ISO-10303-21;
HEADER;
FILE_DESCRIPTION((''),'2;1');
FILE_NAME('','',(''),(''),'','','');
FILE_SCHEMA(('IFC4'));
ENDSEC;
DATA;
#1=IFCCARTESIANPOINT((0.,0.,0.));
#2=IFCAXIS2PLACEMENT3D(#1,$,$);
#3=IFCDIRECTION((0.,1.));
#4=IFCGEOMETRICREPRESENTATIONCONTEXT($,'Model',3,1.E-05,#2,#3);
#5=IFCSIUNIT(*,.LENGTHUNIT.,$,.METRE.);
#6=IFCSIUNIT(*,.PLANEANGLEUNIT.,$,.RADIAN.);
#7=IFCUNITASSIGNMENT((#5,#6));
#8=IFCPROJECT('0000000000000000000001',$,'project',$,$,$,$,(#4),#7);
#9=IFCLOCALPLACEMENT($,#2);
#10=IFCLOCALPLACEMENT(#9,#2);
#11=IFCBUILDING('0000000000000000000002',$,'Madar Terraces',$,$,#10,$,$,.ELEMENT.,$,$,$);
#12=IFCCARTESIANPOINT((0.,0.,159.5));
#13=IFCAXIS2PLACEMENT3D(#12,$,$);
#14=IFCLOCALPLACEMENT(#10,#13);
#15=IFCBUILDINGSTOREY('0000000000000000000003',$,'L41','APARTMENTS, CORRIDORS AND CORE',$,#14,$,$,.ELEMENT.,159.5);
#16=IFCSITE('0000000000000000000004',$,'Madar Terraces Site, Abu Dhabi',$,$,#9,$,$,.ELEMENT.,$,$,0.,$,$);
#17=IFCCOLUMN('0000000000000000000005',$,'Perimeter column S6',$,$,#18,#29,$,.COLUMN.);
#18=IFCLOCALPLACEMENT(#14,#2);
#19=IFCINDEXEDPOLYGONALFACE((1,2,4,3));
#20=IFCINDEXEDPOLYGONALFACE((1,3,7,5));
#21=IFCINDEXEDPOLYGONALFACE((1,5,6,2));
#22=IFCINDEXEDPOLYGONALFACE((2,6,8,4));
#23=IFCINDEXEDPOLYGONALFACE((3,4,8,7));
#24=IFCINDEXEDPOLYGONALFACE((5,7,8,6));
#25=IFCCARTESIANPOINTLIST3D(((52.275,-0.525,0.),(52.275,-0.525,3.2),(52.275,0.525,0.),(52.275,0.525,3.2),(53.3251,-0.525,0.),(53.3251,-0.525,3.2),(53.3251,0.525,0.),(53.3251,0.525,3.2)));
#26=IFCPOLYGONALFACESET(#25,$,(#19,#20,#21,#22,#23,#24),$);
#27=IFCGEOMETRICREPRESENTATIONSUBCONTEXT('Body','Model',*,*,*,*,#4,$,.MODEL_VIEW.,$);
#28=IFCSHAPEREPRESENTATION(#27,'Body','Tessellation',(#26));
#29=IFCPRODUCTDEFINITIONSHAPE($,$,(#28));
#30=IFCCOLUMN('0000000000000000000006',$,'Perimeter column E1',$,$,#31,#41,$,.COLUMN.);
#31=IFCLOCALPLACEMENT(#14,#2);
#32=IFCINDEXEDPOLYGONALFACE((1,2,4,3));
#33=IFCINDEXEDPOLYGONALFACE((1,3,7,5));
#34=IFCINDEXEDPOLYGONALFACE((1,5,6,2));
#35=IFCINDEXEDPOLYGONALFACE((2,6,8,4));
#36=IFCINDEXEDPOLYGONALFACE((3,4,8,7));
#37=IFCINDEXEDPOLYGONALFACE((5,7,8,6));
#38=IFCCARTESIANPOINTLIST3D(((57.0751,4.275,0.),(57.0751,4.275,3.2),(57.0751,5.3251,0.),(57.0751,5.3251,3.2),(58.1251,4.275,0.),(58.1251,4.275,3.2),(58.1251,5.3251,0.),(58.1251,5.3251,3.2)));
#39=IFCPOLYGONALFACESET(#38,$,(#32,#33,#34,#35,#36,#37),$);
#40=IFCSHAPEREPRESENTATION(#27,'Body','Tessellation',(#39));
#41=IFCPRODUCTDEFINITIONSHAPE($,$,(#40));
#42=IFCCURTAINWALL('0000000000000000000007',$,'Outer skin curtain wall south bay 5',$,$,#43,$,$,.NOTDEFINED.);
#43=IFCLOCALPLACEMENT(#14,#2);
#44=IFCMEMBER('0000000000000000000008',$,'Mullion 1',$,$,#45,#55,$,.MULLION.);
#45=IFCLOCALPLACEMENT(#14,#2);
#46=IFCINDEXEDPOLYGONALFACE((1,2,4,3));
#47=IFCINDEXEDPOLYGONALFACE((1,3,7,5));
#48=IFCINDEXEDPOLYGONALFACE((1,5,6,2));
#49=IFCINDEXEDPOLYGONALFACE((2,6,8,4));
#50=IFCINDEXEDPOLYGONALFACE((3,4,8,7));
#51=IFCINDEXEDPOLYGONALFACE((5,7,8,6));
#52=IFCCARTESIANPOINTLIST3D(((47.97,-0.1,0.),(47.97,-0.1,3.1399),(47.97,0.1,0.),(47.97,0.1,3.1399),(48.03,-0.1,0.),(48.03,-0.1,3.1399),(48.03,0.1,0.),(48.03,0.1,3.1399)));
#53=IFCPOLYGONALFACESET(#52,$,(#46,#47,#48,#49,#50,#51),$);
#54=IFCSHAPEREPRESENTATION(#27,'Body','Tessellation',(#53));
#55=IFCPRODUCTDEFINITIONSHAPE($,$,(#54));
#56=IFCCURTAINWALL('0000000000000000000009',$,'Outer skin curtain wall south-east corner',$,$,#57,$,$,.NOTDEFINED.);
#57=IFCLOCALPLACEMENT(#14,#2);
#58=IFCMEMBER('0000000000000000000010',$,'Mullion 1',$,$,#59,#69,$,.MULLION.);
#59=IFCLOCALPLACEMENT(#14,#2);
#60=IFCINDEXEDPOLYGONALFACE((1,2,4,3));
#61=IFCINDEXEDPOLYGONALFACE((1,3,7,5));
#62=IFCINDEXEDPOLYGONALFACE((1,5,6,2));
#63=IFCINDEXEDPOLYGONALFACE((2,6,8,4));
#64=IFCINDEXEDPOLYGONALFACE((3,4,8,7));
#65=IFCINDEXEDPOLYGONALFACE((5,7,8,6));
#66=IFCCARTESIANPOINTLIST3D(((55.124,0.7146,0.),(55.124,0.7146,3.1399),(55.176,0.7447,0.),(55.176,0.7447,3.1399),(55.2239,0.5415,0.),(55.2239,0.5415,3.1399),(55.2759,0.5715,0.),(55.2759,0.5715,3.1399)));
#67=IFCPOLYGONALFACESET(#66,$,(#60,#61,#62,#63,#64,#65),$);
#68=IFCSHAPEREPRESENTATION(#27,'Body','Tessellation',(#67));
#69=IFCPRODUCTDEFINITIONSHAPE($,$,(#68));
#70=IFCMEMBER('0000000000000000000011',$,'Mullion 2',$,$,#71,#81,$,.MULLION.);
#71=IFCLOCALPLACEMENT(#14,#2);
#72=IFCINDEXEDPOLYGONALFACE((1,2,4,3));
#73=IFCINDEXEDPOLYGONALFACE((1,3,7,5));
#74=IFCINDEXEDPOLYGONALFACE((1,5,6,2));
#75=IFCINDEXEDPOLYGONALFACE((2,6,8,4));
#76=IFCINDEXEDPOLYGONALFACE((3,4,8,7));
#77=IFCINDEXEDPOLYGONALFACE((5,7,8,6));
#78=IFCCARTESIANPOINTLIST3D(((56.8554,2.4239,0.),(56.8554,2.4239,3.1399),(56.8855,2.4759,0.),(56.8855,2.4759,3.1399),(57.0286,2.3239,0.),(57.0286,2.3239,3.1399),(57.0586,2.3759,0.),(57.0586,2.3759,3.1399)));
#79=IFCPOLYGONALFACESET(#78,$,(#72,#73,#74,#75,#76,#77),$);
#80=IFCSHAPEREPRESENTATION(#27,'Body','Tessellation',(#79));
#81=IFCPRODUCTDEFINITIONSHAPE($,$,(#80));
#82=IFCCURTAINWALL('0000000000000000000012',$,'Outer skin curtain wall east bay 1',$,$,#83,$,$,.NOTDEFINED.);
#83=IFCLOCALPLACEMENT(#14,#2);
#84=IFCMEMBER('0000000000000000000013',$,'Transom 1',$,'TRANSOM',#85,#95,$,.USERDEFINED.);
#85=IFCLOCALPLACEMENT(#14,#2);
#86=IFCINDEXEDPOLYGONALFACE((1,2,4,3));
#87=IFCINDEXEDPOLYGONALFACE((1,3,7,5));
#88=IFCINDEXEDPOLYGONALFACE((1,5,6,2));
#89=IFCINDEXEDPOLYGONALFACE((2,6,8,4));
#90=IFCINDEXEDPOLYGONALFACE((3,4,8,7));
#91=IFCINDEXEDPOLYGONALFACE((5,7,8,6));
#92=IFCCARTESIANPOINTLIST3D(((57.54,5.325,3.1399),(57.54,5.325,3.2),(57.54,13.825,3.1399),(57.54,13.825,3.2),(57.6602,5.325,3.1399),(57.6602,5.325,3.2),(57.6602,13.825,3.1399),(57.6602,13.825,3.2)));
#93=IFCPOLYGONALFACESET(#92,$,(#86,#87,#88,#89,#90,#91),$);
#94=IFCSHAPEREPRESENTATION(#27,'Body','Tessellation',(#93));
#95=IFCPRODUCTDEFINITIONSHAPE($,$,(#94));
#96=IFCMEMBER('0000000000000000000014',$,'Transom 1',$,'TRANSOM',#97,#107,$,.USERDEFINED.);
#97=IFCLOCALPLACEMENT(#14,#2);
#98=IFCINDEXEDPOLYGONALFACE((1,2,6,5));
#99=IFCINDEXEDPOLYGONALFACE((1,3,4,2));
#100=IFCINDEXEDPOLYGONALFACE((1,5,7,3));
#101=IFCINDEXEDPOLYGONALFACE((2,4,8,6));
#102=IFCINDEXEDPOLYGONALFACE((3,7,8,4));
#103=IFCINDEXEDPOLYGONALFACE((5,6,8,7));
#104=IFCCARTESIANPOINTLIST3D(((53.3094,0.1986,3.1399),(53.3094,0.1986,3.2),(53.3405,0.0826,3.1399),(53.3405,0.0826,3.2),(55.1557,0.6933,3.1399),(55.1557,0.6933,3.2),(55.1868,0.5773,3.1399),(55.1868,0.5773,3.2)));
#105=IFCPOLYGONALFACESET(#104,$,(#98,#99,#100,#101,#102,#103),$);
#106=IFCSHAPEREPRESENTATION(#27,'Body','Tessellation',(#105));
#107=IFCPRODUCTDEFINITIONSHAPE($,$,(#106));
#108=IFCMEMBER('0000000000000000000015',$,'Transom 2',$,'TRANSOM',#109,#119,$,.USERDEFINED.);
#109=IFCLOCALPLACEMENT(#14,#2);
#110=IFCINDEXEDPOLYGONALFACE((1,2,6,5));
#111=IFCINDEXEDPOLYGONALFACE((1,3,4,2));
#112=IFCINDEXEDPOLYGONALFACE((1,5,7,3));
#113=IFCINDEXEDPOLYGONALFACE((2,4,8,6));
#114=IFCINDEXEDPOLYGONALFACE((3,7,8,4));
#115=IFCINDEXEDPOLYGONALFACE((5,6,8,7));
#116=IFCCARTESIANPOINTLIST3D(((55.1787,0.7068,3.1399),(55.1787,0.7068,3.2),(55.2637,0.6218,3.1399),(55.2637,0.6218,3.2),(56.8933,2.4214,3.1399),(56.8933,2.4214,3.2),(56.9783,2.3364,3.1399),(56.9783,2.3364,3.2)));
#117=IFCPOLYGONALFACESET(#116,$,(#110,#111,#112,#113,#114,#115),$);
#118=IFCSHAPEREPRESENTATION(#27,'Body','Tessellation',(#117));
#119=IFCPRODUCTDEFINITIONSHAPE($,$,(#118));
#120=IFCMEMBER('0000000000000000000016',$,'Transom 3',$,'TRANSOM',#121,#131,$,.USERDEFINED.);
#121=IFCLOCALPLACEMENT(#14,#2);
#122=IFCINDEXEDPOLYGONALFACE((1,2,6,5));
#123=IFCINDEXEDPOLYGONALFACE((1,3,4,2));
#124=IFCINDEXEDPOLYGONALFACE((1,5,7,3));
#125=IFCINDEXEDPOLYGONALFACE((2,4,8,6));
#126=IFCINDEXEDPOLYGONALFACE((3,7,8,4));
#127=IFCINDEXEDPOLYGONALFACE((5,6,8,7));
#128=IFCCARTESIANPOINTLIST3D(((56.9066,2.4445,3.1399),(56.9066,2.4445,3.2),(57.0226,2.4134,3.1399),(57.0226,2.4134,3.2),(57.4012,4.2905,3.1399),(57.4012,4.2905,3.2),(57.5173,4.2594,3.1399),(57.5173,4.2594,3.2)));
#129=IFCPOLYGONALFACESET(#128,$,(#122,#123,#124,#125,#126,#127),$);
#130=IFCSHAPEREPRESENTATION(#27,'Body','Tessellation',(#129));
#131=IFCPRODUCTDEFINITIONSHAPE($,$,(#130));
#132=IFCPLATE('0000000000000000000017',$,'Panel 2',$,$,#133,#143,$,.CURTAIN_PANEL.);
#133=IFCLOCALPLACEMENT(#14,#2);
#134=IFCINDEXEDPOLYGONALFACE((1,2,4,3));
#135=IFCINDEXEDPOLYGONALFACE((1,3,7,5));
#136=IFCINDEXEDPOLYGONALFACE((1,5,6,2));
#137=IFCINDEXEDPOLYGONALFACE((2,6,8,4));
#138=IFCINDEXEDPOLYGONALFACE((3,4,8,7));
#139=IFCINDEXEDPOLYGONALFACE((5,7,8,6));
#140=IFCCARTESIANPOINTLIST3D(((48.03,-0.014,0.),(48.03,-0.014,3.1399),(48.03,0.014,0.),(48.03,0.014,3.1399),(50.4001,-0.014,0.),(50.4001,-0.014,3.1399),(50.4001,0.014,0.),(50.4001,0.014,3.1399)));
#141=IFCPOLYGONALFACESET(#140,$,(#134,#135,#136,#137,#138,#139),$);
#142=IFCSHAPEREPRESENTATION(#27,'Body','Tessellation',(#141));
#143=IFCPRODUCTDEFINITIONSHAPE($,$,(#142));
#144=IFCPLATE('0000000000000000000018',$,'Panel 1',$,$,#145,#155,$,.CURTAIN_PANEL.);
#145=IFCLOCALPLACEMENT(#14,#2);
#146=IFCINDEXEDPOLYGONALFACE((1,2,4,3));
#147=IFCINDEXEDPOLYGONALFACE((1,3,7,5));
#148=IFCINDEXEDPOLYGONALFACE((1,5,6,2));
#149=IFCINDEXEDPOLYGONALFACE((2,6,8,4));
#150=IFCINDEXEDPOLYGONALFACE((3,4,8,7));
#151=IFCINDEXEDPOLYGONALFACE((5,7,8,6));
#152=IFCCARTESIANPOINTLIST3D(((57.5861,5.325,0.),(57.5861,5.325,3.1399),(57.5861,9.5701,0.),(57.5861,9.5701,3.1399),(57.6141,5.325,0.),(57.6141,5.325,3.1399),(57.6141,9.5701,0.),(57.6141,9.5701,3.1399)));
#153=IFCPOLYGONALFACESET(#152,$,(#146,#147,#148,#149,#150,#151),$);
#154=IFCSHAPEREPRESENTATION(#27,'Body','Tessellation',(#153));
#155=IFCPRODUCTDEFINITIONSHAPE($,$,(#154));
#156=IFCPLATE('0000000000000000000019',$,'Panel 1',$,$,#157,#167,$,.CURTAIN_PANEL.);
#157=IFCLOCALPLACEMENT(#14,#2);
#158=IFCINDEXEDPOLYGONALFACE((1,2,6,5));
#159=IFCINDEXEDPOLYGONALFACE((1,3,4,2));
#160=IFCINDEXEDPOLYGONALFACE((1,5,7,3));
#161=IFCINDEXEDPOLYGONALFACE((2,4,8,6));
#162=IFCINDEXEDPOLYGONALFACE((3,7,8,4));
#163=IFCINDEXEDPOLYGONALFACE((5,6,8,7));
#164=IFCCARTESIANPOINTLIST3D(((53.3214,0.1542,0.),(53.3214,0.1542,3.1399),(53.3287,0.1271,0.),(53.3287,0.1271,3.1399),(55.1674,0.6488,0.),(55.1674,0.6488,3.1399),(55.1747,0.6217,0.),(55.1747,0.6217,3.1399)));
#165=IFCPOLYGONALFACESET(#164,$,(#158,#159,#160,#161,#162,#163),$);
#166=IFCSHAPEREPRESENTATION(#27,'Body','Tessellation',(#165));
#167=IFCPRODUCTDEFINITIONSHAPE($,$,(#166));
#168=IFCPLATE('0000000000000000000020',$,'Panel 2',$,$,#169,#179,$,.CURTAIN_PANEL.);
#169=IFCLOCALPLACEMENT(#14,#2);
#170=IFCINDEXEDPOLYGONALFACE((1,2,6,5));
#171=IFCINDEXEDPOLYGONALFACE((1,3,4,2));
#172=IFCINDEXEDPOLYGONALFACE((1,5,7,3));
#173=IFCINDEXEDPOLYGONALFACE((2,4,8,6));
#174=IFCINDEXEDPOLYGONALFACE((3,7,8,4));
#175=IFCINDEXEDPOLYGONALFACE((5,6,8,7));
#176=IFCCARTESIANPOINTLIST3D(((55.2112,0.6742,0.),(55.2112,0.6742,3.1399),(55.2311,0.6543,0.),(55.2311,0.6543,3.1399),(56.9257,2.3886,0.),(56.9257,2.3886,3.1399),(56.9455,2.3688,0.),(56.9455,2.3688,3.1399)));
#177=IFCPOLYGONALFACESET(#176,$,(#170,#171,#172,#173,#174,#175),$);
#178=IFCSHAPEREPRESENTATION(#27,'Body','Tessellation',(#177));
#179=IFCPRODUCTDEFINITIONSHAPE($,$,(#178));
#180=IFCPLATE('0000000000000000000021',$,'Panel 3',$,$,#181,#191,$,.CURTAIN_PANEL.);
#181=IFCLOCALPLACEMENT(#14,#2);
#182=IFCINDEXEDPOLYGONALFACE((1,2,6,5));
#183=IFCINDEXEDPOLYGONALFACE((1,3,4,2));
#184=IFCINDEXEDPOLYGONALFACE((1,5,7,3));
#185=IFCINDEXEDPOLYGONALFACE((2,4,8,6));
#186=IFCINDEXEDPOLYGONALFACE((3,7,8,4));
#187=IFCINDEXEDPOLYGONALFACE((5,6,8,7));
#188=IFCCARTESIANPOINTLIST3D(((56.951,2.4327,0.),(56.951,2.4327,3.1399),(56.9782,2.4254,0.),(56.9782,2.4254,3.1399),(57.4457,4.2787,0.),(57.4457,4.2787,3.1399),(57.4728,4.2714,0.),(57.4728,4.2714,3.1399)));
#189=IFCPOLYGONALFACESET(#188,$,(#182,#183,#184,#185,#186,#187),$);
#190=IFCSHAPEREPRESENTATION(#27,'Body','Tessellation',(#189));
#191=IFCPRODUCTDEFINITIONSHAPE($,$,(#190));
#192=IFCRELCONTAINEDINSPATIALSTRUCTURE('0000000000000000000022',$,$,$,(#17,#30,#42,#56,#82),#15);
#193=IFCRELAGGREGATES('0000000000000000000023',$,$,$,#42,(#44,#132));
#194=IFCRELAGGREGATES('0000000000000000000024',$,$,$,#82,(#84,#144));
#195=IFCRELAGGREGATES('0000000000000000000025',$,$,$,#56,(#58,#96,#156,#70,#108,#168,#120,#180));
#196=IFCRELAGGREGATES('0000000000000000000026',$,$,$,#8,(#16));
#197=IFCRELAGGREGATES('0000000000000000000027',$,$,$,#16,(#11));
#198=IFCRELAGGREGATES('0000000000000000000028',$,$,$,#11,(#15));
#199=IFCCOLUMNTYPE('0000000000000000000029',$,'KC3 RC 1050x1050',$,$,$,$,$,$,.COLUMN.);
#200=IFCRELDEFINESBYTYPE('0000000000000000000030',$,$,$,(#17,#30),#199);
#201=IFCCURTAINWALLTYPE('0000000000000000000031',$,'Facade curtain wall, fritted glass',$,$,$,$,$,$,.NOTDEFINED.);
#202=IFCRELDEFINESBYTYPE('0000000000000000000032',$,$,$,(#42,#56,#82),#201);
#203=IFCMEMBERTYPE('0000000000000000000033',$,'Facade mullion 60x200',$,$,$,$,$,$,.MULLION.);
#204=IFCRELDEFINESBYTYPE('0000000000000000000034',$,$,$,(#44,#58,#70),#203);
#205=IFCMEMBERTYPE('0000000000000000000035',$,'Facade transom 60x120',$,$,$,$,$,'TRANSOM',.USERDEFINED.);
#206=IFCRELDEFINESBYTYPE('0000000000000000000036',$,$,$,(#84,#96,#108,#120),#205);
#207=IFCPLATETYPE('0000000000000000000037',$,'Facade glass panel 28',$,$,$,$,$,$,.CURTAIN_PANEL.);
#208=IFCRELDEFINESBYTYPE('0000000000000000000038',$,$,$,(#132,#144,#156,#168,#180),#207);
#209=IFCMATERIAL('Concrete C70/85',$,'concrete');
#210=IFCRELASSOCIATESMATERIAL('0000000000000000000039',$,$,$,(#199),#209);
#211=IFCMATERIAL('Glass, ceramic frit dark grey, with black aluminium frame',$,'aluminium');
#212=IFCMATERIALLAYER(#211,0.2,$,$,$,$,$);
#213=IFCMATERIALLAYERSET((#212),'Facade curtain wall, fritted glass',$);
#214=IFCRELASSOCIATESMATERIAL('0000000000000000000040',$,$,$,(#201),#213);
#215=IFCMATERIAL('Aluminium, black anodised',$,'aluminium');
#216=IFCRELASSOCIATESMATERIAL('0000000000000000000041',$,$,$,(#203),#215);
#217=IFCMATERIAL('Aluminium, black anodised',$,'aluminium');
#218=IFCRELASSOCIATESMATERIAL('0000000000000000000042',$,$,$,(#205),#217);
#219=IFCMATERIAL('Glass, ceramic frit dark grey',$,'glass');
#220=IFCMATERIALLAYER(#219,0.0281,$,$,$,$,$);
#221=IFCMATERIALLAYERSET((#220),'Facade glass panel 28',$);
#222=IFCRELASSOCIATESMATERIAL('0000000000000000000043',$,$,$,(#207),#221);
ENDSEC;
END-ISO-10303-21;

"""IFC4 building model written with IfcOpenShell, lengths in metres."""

from ifc_helpers import new_model, si_unit, direction, frame, origin, origin_2d, place, context, subcontext, project, spatial, rectangle, extrude, material, layer, layer_set, material_profile, profile_set, type_object, element, aggregate, save


model = new_model("IFC4")

# Units and contexts
model_context = context("Model", 3, precision=1e-05, world=origin(), true_north=direction((0.0, 1.0)))
body_context = subcontext(model_context, "Body", "Model", "MODEL_VIEW")
ifc_project = project(units=[si_unit("LENGTHUNIT", "METRE"), si_unit("PLANEANGLEUNIT", "RADIAN")], contexts=[model_context])

# Site, building, storey
site_placement = place(None, origin())
site = spatial("IfcSite", under=ifc_project, at=site_placement, Name="Madar Terraces Site, Abu Dhabi", CompositionType="ELEMENT", RefElevation=0.0)
building_placement = place(site_placement, origin())
building = spatial("IfcBuilding", under=site, at=building_placement, Name="Madar Terraces", CompositionType="ELEMENT")
storey_placement = place(building_placement, frame((0.0, 0.0, 159.5)))
storey = spatial("IfcBuildingStorey", under=building, at=storey_placement, Name="L41", Description="APARTMENTS, CORRIDORS AND CORE", CompositionType="ELEMENT", Elevation=159.5)

# Columns
ifc_material_1 = material(Name="Concrete C70/85", Category="concrete")
ifc_material_profile_1 = material_profile(ifc_material_1, rectangle(XDim=1.05, YDim=1.05, at=origin_2d()), Name="KC3 RC 1050x1050")
ifc_profile_set_1 = profile_set([ifc_material_profile_1], Name="Concrete C70/85")
column_type = type_object("IfcColumnType", Name="KC3 RC 1050x1050", PredefinedType="COLUMN", material=ifc_profile_set_1)
for number, where, z_axis, x_axis, name in (
    (1, (52.8, 0.0, 0.0), (0.0, 0.0, 1.0), (1.0, 0.0, 0.0), "Perimeter column S6"),
    (2, (57.6001, 4.8, 0.0), (0.0, 0.0, 1.0), (1.0, 0.0, 0.0), "Perimeter column E1"),
):
    element("IfcColumn", number, at=place(storey_placement, frame(where, z_axis=z_axis, x_axis=x_axis)), inside=storey, type_object=column_type, Name=name, PredefinedType="COLUMN", context=body_context, shape_type="SweptSolid", body=[
        extrude(rectangle(XDim=1.05, YDim=1.05, at=origin_2d()), origin(), (0.0, 0.0, 1.0), 3.2),
    ])

# Curtain wall, member
ifc_material_2 = material(Name="Glass, ceramic frit dark grey, with black aluminium frame", Category="aluminium")
ifc_layer_1 = layer(ifc_material_2, 0.2)
ifc_layer_set_1 = layer_set([ifc_layer_1], Name="Facade curtain wall, fritted glass")
curtain_wall_type = type_object("IfcCurtainWallType", Name="Facade curtain wall, fritted glass", PredefinedType="NOTDEFINED", material=ifc_layer_set_1)
curtain_wall_1_placement = place(storey_placement, origin())
curtain_wall_1 = element("IfcCurtainWall", 3, at=curtain_wall_1_placement, inside=storey, type_object=curtain_wall_type, Name="Outer skin curtain wall south bay 5", PredefinedType="NOTDEFINED")
ifc_material_3 = material(Name="Aluminium, black anodised", Category="aluminium")
ifc_material_profile_2 = material_profile(ifc_material_3, rectangle(XDim=0.2, YDim=0.0601, at=origin_2d()), Name="Facade mullion 60x200")
ifc_profile_set_2 = profile_set([ifc_material_profile_2], Name="Aluminium, black anodised")
member_type_1 = type_object("IfcMemberType", Name="Facade mullion 60x200", PredefinedType="MULLION", material=ifc_profile_set_2)
member_1_placement = place(storey_placement, frame((48.0, 0.0, 0.0), z_axis=(0.0, 0.0, 1.0), x_axis=(0.0, 1.0, 0.0)))
member_1 = element("IfcMember", 4, at=member_1_placement, type_object=member_type_1, Name="Mullion 1", PredefinedType="MULLION", context=body_context, shape_type="SweptSolid", body=[
    extrude(rectangle(XDim=0.2, YDim=0.0601, at=origin_2d()), origin(), (0.0, 0.0, 1.0), 3.1399),
])

# Curtain wall, members
curtain_wall_2_placement = place(storey_placement, origin())
curtain_wall_2 = element("IfcCurtainWall", 5, at=curtain_wall_2_placement, inside=storey, type_object=curtain_wall_type, Name="Outer skin curtain wall south-east corner", PredefinedType="NOTDEFINED")
member_2_placement = place(storey_placement, frame((55.2, 0.6431, 0.0), z_axis=(0.0, 0.0, 1.0), x_axis=(-0.5, 0.866025, 0.0)))
member_2 = element("IfcMember", 6, at=member_2_placement, type_object=member_type_1, Name="Mullion 1", PredefinedType="MULLION", context=body_context, shape_type="SweptSolid", body=[
    extrude(rectangle(XDim=0.2, YDim=0.0601, at=origin_2d()), origin(), (0.0, 0.0, 1.0), 3.1399),
])
member_3_placement = place(storey_placement, frame((56.957, 2.3999, 0.0), z_axis=(0.0, 0.0, 1.0), x_axis=(-0.866025, 0.5, 0.0)))
member_3 = element("IfcMember", 7, at=member_3_placement, type_object=member_type_1, Name="Mullion 2", PredefinedType="MULLION", context=body_context, shape_type="SweptSolid", body=[
    extrude(rectangle(XDim=0.2, YDim=0.0601, at=origin_2d()), origin(), (0.0, 0.0, 1.0), 3.1399),
])

# Curtain wall, member
curtain_wall_3_placement = place(storey_placement, origin())
curtain_wall_3 = element("IfcCurtainWall", 8, at=curtain_wall_3_placement, inside=storey, type_object=curtain_wall_type, Name="Outer skin curtain wall east bay 1", PredefinedType="NOTDEFINED")
ifc_material_4 = material(Name="Aluminium, black anodised", Category="aluminium")
ifc_material_profile_3 = material_profile(ifc_material_4, rectangle(XDim=0.1201, YDim=0.0601, at=origin_2d()), Name="Facade transom 60x120")
ifc_profile_set_3 = profile_set([ifc_material_profile_3], Name="Aluminium, black anodised")
member_type_2 = type_object("IfcMemberType", Name="Facade transom 60x120", ElementType="TRANSOM", PredefinedType="USERDEFINED", material=ifc_profile_set_3)
member_4_placement = place(storey_placement, frame((57.6001, 5.325, 3.1699), z_axis=(0.0, 1.0, 0.0), x_axis=(-1.0, 0.0, 0.0)))
member_4 = element("IfcMember", 9, at=member_4_placement, type_object=member_type_2, Name="Transom 1", ObjectType="TRANSOM", PredefinedType="USERDEFINED", context=body_context, shape_type="SweptSolid", body=[
    extrude(rectangle(XDim=0.1201, YDim=0.0601, at=origin_2d()), origin(), (0.0, 0.0, 1.0), 8.5),
])

# Members
member_5_placement = place(storey_placement, frame((53.325, 0.1406, 3.1699), z_axis=(0.965933, 0.258791, 0.0), x_axis=(-0.258791, 0.965933, 0.0)))
member_5 = element("IfcMember", 10, at=member_5_placement, type_object=member_type_2, Name="Transom 1", ObjectType="TRANSOM", PredefinedType="USERDEFINED", context=body_context, shape_type="SweptSolid", body=[
    extrude(rectangle(XDim=0.1201, YDim=0.0601, at=origin_2d()), origin(), (0.0, 0.0, 1.0), 1.9114),
])
member_6_placement = place(storey_placement, frame((55.2212, 0.6643, 3.1699), z_axis=(0.707107, 0.707107, 0.0), x_axis=(-0.707107, 0.707107, 0.0)))
member_6 = element("IfcMember", 11, at=member_6_placement, type_object=member_type_2, Name="Transom 2", ObjectType="TRANSOM", PredefinedType="USERDEFINED", context=body_context, shape_type="SweptSolid", body=[
    extrude(rectangle(XDim=0.1201, YDim=0.0601, at=origin_2d()), origin(), (0.0, 0.0, 1.0), 2.4248),
])
member_7_placement = place(storey_placement, frame((56.9646, 2.429, 3.1699), z_axis=(0.258823, 0.965925, 0.0), x_axis=(-0.965925, 0.258823, 0.0)))
member_7 = element("IfcMember", 12, at=member_7_placement, type_object=member_type_2, Name="Transom 3", ObjectType="TRANSOM", PredefinedType="USERDEFINED", context=body_context, shape_type="SweptSolid", body=[
    extrude(rectangle(XDim=0.1201, YDim=0.0601, at=origin_2d()), origin(), (0.0, 0.0, 1.0), 1.9111),
])

# Plates
ifc_material_5 = material(Name="Glass, ceramic frit dark grey", Category="glass")
ifc_layer_2 = layer(ifc_material_5, 0.0281)
ifc_layer_set_2 = layer_set([ifc_layer_2], Name="Facade glass panel 28")
plate_type = type_object("IfcPlateType", Name="Facade glass panel 28", PredefinedType="CURTAIN_PANEL", material=ifc_layer_set_2)
plate_1_placement = place(storey_placement, frame((49.2151, 0.0, 0.0), z_axis=(0.0, 0.0, 1.0), x_axis=(1.0, 0.0, 0.0)))
plate_1 = element("IfcPlate", 13, at=plate_1_placement, type_object=plate_type, Name="Panel 2", PredefinedType="CURTAIN_PANEL", context=body_context, shape_type="SweptSolid", body=[
    extrude(rectangle(XDim=2.3701, YDim=0.0281, at=origin_2d()), origin(), (0.0, 0.0, 1.0), 3.1399),
])
aggregate(curtain_wall_1, [member_1, plate_1])
plate_2_placement = place(storey_placement, frame((57.6001, 7.4475, 0.0), z_axis=(0.0, 0.0, 1.0), x_axis=(0.0, 1.0, 0.0)))
plate_2 = element("IfcPlate", 14, at=plate_2_placement, type_object=plate_type, Name="Panel 1", PredefinedType="CURTAIN_PANEL", context=body_context, shape_type="SweptSolid", body=[
    extrude(rectangle(XDim=4.2451, YDim=0.0281, at=origin_2d()), origin(), (0.0, 0.0, 1.0), 3.1399),
])
aggregate(curtain_wall_3, [member_4, plate_2])
plate_3_placement = place(storey_placement, frame((54.248, 0.3879, 0.0), z_axis=(0.0, 0.0, 1.0), x_axis=(0.965926, 0.258819, 0.0)))
plate_3 = element("IfcPlate", 15, at=plate_3_placement, type_object=plate_type, Name="Panel 1", PredefinedType="CURTAIN_PANEL", context=body_context, shape_type="SweptSolid", body=[
    extrude(rectangle(XDim=1.9111, YDim=0.0281, at=origin_2d()), origin(), (0.0, 0.0, 1.0), 3.1399),
])
plate_4_placement = place(storey_placement, frame((56.0784, 1.5215, 0.0), z_axis=(0.0, 0.0, 1.0), x_axis=(0.707107, 0.707107, 0.0)))
plate_4 = element("IfcPlate", 16, at=plate_4_placement, type_object=plate_type, Name="Panel 2", PredefinedType="CURTAIN_PANEL", context=body_context, shape_type="SweptSolid", body=[
    extrude(rectangle(XDim=2.4246, YDim=0.0281, at=origin_2d()), origin(), (0.0, 0.0, 1.0), 3.1399),
])
plate_5_placement = place(storey_placement, frame((57.2119, 3.3521, 0.0), z_axis=(0.0, 0.0, 1.0), x_axis=(0.258819, 0.965926, 0.0)))
plate_5 = element("IfcPlate", 17, at=plate_5_placement, type_object=plate_type, Name="Panel 3", PredefinedType="CURTAIN_PANEL", context=body_context, shape_type="SweptSolid", body=[
    extrude(rectangle(XDim=1.9111, YDim=0.0281, at=origin_2d()), origin(), (0.0, 0.0, 1.0), 3.1399),
])
aggregate(curtain_wall_2, [member_2, member_5, plate_3, member_3, member_6, plate_4, member_7, plate_5])

save(model, "model.ifc")
